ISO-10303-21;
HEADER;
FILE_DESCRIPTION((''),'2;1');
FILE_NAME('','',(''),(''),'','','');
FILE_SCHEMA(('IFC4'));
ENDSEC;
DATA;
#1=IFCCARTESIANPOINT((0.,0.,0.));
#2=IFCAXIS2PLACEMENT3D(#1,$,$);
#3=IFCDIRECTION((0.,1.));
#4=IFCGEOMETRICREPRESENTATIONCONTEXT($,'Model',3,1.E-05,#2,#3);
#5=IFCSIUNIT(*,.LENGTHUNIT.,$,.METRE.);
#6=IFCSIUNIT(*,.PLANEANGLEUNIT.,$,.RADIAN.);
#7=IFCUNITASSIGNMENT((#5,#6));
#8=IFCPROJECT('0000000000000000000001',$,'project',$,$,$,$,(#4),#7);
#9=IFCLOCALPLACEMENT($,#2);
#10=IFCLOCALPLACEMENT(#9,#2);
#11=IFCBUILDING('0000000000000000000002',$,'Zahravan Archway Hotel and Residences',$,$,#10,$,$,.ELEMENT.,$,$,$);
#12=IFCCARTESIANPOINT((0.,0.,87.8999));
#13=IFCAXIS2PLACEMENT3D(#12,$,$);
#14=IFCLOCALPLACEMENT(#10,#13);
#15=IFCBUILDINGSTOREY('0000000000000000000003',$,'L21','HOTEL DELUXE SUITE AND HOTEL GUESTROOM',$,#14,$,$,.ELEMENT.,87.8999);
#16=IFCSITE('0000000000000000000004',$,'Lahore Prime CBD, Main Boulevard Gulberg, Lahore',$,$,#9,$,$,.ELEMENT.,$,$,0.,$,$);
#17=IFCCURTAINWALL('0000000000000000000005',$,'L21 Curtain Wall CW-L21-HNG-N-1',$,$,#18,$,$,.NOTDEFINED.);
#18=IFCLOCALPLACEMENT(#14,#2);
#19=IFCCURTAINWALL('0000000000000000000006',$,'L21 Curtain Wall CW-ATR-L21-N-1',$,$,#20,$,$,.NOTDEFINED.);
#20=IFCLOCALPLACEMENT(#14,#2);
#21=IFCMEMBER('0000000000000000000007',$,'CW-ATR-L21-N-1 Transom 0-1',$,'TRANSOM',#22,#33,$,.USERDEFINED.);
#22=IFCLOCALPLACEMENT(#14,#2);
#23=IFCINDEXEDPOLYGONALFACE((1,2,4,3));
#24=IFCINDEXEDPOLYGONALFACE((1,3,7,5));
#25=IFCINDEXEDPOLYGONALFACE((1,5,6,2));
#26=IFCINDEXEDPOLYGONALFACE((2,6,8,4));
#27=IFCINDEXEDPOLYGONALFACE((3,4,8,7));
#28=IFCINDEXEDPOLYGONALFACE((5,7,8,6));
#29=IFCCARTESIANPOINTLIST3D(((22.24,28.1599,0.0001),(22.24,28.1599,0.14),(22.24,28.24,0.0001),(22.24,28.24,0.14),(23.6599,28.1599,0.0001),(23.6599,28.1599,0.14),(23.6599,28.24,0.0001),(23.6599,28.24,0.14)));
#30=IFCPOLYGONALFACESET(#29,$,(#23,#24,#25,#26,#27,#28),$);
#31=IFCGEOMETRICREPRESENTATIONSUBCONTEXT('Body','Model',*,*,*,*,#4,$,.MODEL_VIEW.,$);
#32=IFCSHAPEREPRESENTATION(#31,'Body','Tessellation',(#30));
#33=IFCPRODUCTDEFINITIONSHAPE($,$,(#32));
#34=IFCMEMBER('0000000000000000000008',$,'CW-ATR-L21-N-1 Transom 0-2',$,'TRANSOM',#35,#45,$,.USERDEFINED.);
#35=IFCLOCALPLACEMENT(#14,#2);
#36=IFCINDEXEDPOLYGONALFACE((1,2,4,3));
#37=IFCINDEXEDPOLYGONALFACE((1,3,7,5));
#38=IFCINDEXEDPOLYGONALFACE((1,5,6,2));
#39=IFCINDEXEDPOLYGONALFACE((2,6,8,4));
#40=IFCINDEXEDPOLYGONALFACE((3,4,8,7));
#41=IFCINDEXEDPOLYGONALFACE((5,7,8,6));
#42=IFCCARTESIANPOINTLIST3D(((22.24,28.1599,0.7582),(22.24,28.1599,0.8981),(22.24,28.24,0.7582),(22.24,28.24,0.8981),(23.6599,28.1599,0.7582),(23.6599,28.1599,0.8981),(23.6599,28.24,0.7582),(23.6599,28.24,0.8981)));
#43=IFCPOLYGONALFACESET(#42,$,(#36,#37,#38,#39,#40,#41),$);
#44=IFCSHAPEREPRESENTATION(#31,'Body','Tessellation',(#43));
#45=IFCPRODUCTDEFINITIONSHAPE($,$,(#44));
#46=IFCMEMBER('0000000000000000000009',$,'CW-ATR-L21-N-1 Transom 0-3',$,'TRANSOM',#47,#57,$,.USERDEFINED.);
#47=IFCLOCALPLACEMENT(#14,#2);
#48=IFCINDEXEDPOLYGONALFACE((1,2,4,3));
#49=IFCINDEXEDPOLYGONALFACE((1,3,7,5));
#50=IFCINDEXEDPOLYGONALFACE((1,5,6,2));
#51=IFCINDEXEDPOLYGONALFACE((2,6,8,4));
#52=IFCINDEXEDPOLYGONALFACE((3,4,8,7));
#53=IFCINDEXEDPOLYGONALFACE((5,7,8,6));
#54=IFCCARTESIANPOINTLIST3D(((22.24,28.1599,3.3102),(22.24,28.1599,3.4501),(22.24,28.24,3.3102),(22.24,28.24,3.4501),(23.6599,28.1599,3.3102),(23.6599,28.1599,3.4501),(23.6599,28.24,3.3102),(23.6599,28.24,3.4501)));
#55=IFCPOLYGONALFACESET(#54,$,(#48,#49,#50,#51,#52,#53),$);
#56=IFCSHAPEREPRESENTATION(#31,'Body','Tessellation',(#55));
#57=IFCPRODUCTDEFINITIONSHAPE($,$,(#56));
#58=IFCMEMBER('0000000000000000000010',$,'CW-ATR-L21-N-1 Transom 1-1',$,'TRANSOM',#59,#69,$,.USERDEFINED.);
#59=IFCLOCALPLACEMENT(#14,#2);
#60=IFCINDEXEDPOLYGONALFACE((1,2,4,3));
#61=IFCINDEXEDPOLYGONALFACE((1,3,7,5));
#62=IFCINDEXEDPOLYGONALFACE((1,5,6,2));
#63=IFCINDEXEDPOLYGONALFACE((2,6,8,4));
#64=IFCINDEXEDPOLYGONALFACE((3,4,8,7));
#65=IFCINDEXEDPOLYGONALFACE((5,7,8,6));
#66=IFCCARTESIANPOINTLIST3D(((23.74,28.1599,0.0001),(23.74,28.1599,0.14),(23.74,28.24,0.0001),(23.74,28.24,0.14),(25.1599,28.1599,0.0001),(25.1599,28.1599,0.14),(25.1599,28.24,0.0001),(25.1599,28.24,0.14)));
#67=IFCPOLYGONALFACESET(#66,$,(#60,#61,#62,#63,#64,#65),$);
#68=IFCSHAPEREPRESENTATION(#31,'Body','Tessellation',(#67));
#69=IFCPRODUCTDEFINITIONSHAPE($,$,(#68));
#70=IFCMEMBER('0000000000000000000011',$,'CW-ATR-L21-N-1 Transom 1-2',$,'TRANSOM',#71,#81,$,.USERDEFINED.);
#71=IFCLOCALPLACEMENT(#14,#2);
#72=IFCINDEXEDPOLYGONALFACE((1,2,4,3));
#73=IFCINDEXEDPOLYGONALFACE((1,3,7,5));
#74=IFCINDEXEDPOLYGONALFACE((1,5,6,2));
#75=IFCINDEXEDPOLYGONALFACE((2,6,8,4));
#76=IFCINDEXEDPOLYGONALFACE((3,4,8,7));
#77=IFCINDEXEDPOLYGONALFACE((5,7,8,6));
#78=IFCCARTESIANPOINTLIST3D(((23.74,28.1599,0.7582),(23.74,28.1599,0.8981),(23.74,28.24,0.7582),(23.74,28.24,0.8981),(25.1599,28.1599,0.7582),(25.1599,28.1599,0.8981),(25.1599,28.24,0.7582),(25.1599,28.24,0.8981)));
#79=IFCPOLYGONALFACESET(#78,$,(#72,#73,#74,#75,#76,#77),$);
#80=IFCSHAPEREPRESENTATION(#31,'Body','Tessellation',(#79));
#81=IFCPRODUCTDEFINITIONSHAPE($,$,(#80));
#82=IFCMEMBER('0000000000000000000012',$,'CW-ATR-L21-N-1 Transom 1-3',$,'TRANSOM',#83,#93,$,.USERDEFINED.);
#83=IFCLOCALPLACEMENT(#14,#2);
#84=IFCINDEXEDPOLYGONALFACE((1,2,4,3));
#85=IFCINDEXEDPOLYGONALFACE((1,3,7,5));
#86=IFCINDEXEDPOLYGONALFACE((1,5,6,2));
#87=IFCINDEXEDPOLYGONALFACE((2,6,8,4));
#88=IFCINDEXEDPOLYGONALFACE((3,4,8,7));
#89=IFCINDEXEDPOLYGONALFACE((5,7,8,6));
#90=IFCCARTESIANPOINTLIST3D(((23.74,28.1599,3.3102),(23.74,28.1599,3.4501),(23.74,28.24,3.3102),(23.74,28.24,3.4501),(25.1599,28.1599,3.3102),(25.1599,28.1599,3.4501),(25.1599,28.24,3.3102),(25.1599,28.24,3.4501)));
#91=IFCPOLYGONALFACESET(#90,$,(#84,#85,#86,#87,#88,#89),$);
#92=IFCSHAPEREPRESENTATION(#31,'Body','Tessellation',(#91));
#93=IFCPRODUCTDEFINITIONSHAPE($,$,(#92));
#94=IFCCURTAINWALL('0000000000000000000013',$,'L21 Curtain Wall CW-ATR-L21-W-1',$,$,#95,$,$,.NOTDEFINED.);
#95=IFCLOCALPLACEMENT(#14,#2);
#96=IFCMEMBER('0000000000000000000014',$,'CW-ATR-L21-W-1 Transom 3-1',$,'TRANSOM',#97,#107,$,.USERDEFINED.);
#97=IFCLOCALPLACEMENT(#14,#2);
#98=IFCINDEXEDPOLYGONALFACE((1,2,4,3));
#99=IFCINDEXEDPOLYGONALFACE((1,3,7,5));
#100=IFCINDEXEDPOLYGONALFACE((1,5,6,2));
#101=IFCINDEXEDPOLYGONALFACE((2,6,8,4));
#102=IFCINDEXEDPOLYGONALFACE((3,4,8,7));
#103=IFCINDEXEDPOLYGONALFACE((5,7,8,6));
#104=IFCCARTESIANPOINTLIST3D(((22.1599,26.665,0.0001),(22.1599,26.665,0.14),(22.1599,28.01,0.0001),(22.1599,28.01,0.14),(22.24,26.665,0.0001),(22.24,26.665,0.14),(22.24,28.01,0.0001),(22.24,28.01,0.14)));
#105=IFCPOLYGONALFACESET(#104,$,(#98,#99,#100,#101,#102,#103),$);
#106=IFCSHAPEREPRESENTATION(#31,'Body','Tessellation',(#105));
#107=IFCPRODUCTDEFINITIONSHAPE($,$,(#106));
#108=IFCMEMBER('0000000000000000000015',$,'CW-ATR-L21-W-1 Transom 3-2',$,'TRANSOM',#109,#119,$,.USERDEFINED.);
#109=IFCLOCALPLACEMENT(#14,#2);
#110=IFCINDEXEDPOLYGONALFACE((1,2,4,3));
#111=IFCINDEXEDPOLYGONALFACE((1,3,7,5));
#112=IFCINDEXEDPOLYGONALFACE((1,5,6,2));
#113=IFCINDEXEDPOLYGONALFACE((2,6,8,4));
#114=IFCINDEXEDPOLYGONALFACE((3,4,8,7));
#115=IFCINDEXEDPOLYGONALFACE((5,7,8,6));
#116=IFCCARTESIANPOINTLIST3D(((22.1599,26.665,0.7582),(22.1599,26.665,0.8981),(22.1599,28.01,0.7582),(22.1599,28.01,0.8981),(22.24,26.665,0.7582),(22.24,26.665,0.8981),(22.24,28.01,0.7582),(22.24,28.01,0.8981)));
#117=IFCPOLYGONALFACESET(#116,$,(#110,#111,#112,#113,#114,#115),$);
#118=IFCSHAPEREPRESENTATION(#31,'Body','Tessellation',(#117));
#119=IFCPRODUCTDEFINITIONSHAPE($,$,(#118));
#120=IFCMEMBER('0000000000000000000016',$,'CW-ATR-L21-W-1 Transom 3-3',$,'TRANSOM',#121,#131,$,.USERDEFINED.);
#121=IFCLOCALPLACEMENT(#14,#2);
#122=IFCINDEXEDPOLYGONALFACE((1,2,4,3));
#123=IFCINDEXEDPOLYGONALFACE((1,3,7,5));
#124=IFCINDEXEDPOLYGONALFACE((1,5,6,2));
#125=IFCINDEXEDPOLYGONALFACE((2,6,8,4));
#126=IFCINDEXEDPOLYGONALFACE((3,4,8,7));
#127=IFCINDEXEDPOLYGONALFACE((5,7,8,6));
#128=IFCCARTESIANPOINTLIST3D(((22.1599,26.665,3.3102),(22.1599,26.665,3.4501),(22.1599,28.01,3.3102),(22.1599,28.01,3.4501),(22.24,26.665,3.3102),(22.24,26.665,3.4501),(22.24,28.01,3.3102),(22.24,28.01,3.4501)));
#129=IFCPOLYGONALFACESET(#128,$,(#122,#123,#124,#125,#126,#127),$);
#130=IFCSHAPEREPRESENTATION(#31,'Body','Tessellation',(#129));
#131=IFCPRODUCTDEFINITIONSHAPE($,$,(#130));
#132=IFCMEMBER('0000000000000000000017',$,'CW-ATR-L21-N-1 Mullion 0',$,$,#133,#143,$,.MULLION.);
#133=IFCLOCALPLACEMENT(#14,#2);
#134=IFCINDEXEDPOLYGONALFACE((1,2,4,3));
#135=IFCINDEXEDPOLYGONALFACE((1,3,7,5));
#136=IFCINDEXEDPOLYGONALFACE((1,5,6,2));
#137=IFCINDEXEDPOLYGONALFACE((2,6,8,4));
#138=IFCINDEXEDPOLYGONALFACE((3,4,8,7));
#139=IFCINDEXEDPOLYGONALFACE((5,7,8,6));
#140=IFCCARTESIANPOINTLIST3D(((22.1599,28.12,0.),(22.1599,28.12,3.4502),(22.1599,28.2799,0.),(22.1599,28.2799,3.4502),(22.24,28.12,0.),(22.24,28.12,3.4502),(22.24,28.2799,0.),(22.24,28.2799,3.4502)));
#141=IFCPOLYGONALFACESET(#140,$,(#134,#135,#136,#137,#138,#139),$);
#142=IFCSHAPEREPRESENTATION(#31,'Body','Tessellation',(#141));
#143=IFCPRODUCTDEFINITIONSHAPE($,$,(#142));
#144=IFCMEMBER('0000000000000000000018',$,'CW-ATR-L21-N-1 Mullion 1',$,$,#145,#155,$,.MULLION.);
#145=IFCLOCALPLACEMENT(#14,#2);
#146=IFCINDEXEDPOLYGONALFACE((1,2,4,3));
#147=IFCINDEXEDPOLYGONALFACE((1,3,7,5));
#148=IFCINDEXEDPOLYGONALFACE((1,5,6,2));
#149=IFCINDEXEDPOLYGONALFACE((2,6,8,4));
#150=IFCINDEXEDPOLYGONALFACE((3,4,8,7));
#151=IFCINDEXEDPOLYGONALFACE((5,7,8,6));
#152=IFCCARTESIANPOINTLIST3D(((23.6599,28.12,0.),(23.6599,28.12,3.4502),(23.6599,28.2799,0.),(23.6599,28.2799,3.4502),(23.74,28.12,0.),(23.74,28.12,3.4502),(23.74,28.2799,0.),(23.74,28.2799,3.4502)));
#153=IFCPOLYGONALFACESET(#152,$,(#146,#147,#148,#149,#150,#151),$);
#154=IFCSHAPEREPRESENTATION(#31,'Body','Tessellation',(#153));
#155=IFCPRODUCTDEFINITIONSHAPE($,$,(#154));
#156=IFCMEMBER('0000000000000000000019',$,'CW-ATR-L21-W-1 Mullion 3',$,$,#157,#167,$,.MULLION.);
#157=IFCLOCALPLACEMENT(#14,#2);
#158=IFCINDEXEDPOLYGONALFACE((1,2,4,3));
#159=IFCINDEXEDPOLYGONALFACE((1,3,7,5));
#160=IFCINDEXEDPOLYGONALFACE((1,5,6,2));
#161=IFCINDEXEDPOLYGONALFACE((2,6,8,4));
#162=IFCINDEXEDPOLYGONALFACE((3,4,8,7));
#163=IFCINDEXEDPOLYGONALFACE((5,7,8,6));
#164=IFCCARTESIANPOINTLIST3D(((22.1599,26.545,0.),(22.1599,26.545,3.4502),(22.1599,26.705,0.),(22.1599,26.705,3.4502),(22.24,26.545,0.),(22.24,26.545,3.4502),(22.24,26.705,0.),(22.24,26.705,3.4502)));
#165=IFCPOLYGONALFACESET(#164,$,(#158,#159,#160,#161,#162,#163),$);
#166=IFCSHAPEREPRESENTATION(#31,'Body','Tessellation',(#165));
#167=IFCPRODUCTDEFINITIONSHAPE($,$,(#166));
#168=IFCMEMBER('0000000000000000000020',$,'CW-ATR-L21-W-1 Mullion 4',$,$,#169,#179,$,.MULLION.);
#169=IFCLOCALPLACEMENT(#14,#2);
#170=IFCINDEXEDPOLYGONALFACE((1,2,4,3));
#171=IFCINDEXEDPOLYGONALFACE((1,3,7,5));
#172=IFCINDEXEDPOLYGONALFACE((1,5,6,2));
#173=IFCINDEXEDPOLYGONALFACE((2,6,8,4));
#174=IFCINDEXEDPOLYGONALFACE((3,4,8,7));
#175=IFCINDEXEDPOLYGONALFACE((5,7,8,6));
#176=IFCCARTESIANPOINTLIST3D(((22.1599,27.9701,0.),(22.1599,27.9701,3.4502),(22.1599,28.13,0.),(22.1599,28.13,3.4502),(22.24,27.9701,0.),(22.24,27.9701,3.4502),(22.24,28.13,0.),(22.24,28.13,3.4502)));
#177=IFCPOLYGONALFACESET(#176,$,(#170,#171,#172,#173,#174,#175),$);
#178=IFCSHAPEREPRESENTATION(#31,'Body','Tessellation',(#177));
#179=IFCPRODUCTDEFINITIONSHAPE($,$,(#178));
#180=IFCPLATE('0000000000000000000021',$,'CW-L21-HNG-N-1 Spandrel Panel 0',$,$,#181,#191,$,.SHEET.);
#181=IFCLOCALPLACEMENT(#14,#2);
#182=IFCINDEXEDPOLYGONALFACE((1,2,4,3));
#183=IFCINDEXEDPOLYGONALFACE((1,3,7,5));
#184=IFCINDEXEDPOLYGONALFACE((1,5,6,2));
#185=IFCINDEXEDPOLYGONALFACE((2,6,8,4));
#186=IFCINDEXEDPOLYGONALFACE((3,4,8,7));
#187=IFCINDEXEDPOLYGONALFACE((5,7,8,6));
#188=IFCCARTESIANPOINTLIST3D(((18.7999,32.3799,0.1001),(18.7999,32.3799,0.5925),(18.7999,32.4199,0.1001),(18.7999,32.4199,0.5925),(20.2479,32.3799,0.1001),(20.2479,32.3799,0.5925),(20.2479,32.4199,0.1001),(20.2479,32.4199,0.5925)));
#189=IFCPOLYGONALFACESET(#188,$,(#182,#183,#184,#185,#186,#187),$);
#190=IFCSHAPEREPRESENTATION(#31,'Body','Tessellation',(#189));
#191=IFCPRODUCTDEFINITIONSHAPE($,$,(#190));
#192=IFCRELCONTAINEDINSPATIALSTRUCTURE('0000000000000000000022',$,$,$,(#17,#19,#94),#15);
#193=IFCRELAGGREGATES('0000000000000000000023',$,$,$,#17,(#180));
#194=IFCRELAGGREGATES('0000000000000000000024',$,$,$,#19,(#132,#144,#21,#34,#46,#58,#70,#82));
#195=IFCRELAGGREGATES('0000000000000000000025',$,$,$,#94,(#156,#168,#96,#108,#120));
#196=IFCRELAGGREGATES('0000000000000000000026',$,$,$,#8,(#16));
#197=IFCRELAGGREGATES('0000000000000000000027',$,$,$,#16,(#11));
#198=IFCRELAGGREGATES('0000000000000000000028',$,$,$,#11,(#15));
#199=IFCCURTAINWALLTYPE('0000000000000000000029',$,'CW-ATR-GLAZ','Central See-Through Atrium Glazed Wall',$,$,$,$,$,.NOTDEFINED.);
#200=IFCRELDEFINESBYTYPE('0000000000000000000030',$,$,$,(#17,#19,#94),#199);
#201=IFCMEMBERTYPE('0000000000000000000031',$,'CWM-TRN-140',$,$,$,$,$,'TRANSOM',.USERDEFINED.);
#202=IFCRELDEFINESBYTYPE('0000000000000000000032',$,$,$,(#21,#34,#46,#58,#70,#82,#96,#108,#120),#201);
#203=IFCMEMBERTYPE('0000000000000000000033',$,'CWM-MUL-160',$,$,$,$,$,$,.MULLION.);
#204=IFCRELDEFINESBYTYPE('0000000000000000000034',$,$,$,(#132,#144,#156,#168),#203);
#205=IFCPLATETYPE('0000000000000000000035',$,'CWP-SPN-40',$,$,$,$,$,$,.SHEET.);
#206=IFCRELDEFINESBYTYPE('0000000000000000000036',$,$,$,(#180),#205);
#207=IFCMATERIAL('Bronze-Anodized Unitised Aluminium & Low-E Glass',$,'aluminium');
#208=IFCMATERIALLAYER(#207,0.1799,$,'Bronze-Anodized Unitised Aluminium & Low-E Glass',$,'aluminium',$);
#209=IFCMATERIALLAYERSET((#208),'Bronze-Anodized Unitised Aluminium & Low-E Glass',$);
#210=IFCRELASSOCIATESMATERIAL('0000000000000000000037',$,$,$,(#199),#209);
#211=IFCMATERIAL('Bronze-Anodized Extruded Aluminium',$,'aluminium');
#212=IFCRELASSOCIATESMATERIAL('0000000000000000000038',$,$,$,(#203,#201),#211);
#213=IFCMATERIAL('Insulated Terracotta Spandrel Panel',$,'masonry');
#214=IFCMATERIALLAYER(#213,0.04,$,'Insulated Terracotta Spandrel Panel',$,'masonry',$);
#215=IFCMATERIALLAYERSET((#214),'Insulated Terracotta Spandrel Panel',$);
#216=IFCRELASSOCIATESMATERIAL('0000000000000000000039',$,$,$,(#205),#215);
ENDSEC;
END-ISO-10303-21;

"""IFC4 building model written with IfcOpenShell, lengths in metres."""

from ifc_helpers import new_model, si_unit, direction, frame, origin, origin_2d, place, context, subcontext, project, spatial, rectangle, extrude, source, transform, mapped, material, layer, layer_set, material_profile, profile_set, type_object, element, aggregate, save


model = new_model("IFC4")

# Units and contexts
model_context = context("Model", 3, precision=1e-05, world=origin(), true_north=direction((0.0, 1.0)))
body_context = subcontext(model_context, "Body", "Model", "MODEL_VIEW")
ifc_project = project(units=[si_unit("LENGTHUNIT", "METRE"), si_unit("PLANEANGLEUNIT", "RADIAN")], contexts=[model_context])

# Site, building, storey
site_placement = place(None, origin())
site = spatial("IfcSite", under=ifc_project, at=site_placement, Name="Lahore Prime CBD, Main Boulevard Gulberg, Lahore", CompositionType="ELEMENT", RefElevation=0.0)
building_placement = place(site_placement, origin())
building = spatial("IfcBuilding", under=site, at=building_placement, Name="Zahravan Archway Hotel and Residences", CompositionType="ELEMENT")
storey_placement = place(building_placement, frame((0.0, 0.0, 87.8999)))
storey = spatial("IfcBuildingStorey", under=building, at=storey_placement, Name="L21", Description="HOTEL DELUXE SUITE AND HOTEL GUESTROOM", CompositionType="ELEMENT", Elevation=87.8999)

# Curtain walls, members
ifc_material_1 = material(Name="Bronze-Anodized Unitised Aluminium & Low-E Glass", Category="aluminium")
ifc_layer_1 = layer(ifc_material_1, 0.1799, Name="Bronze-Anodized Unitised Aluminium & Low-E Glass", Category="aluminium")
ifc_layer_set_1 = layer_set([ifc_layer_1], Name="Bronze-Anodized Unitised Aluminium & Low-E Glass")
curtain_wall_type = type_object("IfcCurtainWallType", Name="CW-ATR-GLAZ", Description="Central See-Through Atrium Glazed Wall", PredefinedType="NOTDEFINED", material=ifc_layer_set_1)
curtain_wall_1_placement = place(storey_placement, origin())
curtain_wall_1 = element("IfcCurtainWall", 1, at=curtain_wall_1_placement, inside=storey, type_object=curtain_wall_type, Name="L21 Curtain Wall CW-L21-HNG-N-1", PredefinedType="NOTDEFINED")
ifc_material_2 = material(Name="Bronze-Anodized Extruded Aluminium", Category="aluminium")
ifc_material_profile_1 = material_profile(ifc_material_2, rectangle(XDim=0.0801, YDim=0.1599, at=origin_2d()), Name="MUL 80x160", Category="aluminium")
ifc_profile_set_1 = profile_set([ifc_material_profile_1], Name="Bronze-Anodized Extruded Aluminium")
member_type_1 = type_object("IfcMemberType", Name="CWM-MUL-160", PredefinedType="MULLION", material=ifc_profile_set_1)
ifc_material_profile_2 = material_profile(ifc_material_2, rectangle(XDim=0.0801, YDim=0.1399, at=origin_2d()), Name="TRN 80x140", Category="aluminium")
ifc_profile_set_2 = profile_set([ifc_material_profile_2], Name="Bronze-Anodized Extruded Aluminium")
member_type_2 = type_object("IfcMemberType", Name="CWM-TRN-140", ElementType="TRANSOM", PredefinedType="USERDEFINED", material=ifc_profile_set_2)
curtain_wall_2_placement = place(storey_placement, origin())
curtain_wall_2 = element("IfcCurtainWall", 2, at=curtain_wall_2_placement, inside=storey, type_object=curtain_wall_type, Name="L21 Curtain Wall CW-ATR-L21-N-1", PredefinedType="NOTDEFINED")
shared_shape_1 = source(origin(), body_context, "Body", "SweptSolid", [
    extrude(rectangle(XDim=0.0801, YDim=0.1399, at=origin_2d()), origin(), (0.0, 0.0, 1.0), 1.4199),
])
member_1_placement = place(storey_placement, frame((22.24, 28.2, 0.0701), z_axis=(1.0, 0.0, 0.0), x_axis=(0.0, 1.0, 0.0)))
member_1 = element("IfcMember", 3, at=member_1_placement, type_object=member_type_2, Name="CW-ATR-L21-N-1 Transom 0-1", ObjectType="TRANSOM", PredefinedType="USERDEFINED", context=body_context, shape_type="MappedRepresentation", body=[
    mapped(shared_shape_1, transform((0.0, 0.0, 0.0), scale=1.0)),
])
member_2_placement = place(storey_placement, frame((22.24, 28.2, 0.8281), z_axis=(1.0, 0.0, 0.0), x_axis=(0.0, 1.0, 0.0)))
member_2 = element("IfcMember", 4, at=member_2_placement, type_object=member_type_2, Name="CW-ATR-L21-N-1 Transom 0-2", ObjectType="TRANSOM", PredefinedType="USERDEFINED", context=body_context, shape_type="MappedRepresentation", body=[
    mapped(shared_shape_1, transform((0.0, 0.0, 0.0), scale=1.0)),
])
member_3_placement = place(storey_placement, frame((22.24, 28.2, 3.3801), z_axis=(1.0, 0.0, 0.0), x_axis=(0.0, 1.0, 0.0)))
member_3 = element("IfcMember", 5, at=member_3_placement, type_object=member_type_2, Name="CW-ATR-L21-N-1 Transom 0-3", ObjectType="TRANSOM", PredefinedType="USERDEFINED", context=body_context, shape_type="MappedRepresentation", body=[
    mapped(shared_shape_1, transform((0.0, 0.0, 0.0), scale=1.0)),
])
member_4_placement = place(storey_placement, frame((23.74, 28.2, 0.0701), z_axis=(1.0, 0.0, 0.0), x_axis=(0.0, 1.0, 0.0)))
member_4 = element("IfcMember", 6, at=member_4_placement, type_object=member_type_2, Name="CW-ATR-L21-N-1 Transom 1-1", ObjectType="TRANSOM", PredefinedType="USERDEFINED", context=body_context, shape_type="MappedRepresentation", body=[
    mapped(shared_shape_1, transform((0.0, 0.0, 0.0), scale=1.0)),
])
member_5_placement = place(storey_placement, frame((23.74, 28.2, 0.8281), z_axis=(1.0, 0.0, 0.0), x_axis=(0.0, 1.0, 0.0)))
member_5 = element("IfcMember", 7, at=member_5_placement, type_object=member_type_2, Name="CW-ATR-L21-N-1 Transom 1-2", ObjectType="TRANSOM", PredefinedType="USERDEFINED", context=body_context, shape_type="MappedRepresentation", body=[
    mapped(shared_shape_1, transform((0.0, 0.0, 0.0), scale=1.0)),
])
member_6_placement = place(storey_placement, frame((23.74, 28.2, 3.3801), z_axis=(1.0, 0.0, 0.0), x_axis=(0.0, 1.0, 0.0)))
member_6 = element("IfcMember", 8, at=member_6_placement, type_object=member_type_2, Name="CW-ATR-L21-N-1 Transom 1-3", ObjectType="TRANSOM", PredefinedType="USERDEFINED", context=body_context, shape_type="MappedRepresentation", body=[
    mapped(shared_shape_1, transform((0.0, 0.0, 0.0), scale=1.0)),
])
curtain_wall_3_placement = place(storey_placement, origin())
curtain_wall_3 = element("IfcCurtainWall", 9, at=curtain_wall_3_placement, inside=storey, type_object=curtain_wall_type, Name="L21 Curtain Wall CW-ATR-L21-W-1", PredefinedType="NOTDEFINED")
shared_shape_2 = source(origin(), body_context, "Body", "SweptSolid", [
    extrude(rectangle(XDim=0.0801, YDim=0.1399, at=origin_2d()), origin(), (0.0, 0.0, 1.0), 1.345),
])
member_7_placement = place(storey_placement, frame((22.2, 26.665, 0.0701), z_axis=(0.0, 1.0, 0.0), x_axis=(-1.0, 0.0, 0.0)))
member_7 = element("IfcMember", 10, at=member_7_placement, type_object=member_type_2, Name="CW-ATR-L21-W-1 Transom 3-1", ObjectType="TRANSOM", PredefinedType="USERDEFINED", context=body_context, shape_type="MappedRepresentation", body=[
    mapped(shared_shape_2, transform((0.0, 0.0, 0.0), scale=1.0)),
])
member_8_placement = place(storey_placement, frame((22.2, 26.665, 0.8281), z_axis=(0.0, 1.0, 0.0), x_axis=(-1.0, 0.0, 0.0)))
member_8 = element("IfcMember", 11, at=member_8_placement, type_object=member_type_2, Name="CW-ATR-L21-W-1 Transom 3-2", ObjectType="TRANSOM", PredefinedType="USERDEFINED", context=body_context, shape_type="MappedRepresentation", body=[
    mapped(shared_shape_2, transform((0.0, 0.0, 0.0), scale=1.0)),
])
member_9_placement = place(storey_placement, frame((22.2, 26.665, 3.3801), z_axis=(0.0, 1.0, 0.0), x_axis=(-1.0, 0.0, 0.0)))
member_9 = element("IfcMember", 12, at=member_9_placement, type_object=member_type_2, Name="CW-ATR-L21-W-1 Transom 3-3", ObjectType="TRANSOM", PredefinedType="USERDEFINED", context=body_context, shape_type="MappedRepresentation", body=[
    mapped(shared_shape_2, transform((0.0, 0.0, 0.0), scale=1.0)),
])

# Members
shared_shape_3 = source(origin(), body_context, "Body", "SweptSolid", [
    extrude(rectangle(XDim=0.0801, YDim=0.1599, at=origin_2d()), origin(), (0.0, 0.0, 1.0), 3.4502),
])
member_10_placement = place(storey_placement, frame((22.2, 28.2, 0.0), z_axis=(0.0, 0.0, 1.0), x_axis=(1.0, 0.0, 0.0)))
member_10 = element("IfcMember", 13, at=member_10_placement, type_object=member_type_1, Name="CW-ATR-L21-N-1 Mullion 0", PredefinedType="MULLION", context=body_context, shape_type="MappedRepresentation", body=[
    mapped(shared_shape_3, transform((0.0, 0.0, 0.0), scale=1.0)),
])
member_11_placement = place(storey_placement, frame((23.7, 28.2, 0.0), z_axis=(0.0, 0.0, 1.0), x_axis=(1.0, 0.0, 0.0)))
member_11 = element("IfcMember", 14, at=member_11_placement, type_object=member_type_1, Name="CW-ATR-L21-N-1 Mullion 1", PredefinedType="MULLION", context=body_context, shape_type="MappedRepresentation", body=[
    mapped(shared_shape_3, transform((0.0, 0.0, 0.0), scale=1.0)),
])
member_12_placement = place(storey_placement, frame((22.2, 26.625, 0.0), z_axis=(0.0, 0.0, 1.0), x_axis=(1.0, 0.0, 0.0)))
member_12 = element("IfcMember", 15, at=member_12_placement, type_object=member_type_1, Name="CW-ATR-L21-W-1 Mullion 3", PredefinedType="MULLION", context=body_context, shape_type="MappedRepresentation", body=[
    mapped(shared_shape_3, transform((0.0, 0.0, 0.0), scale=1.0)),
])
member_13_placement = place(storey_placement, frame((22.2, 28.05, 0.0), z_axis=(0.0, 0.0, 1.0), x_axis=(1.0, 0.0, 0.0)))
member_13 = element("IfcMember", 16, at=member_13_placement, type_object=member_type_1, Name="CW-ATR-L21-W-1 Mullion 4", PredefinedType="MULLION", context=body_context, shape_type="MappedRepresentation", body=[
    mapped(shared_shape_3, transform((0.0, 0.0, 0.0), scale=1.0)),
])

# Plate
ifc_material_3 = material(Name="Insulated Terracotta Spandrel Panel", Category="masonry")
ifc_layer_2 = layer(ifc_material_3, 0.04, Name="Insulated Terracotta Spandrel Panel", Category="masonry")
ifc_layer_set_2 = layer_set([ifc_layer_2], Name="Insulated Terracotta Spandrel Panel")
plate_type_1 = type_object("IfcPlateType", Name="CWP-SPN-40", PredefinedType="SHEET", material=ifc_layer_set_2)
shared_shape_4 = source(origin(), body_context, "Body", "SweptSolid", [
    extrude(rectangle(XDim=1.448, YDim=0.04, at=origin_2d()), origin(), (0.0, 0.0, 1.0), 0.4924),
])
plate_1_placement = place(storey_placement, frame((19.5239, 32.3999, 0.1001), z_axis=(0.0, 0.0, 1.0), x_axis=(1.0, 0.0, 0.0)))
plate_1 = element("IfcPlate", 17, at=plate_1_placement, type_object=plate_type_1, Name="CW-L21-HNG-N-1 Spandrel Panel 0", PredefinedType="SHEET", context=body_context, shape_type="MappedRepresentation", body=[
    mapped(shared_shape_4, transform((0.0, 0.0, 0.0), scale=1.0)),
])
aggregate(curtain_wall_1, [plate_1])
aggregate(curtain_wall_2, [member_10, member_11, member_1, member_2, member_3, member_4, member_5, member_6])
aggregate(curtain_wall_3, [member_12, member_13, member_7, member_8, member_9])

save(model, "model.ifc")
